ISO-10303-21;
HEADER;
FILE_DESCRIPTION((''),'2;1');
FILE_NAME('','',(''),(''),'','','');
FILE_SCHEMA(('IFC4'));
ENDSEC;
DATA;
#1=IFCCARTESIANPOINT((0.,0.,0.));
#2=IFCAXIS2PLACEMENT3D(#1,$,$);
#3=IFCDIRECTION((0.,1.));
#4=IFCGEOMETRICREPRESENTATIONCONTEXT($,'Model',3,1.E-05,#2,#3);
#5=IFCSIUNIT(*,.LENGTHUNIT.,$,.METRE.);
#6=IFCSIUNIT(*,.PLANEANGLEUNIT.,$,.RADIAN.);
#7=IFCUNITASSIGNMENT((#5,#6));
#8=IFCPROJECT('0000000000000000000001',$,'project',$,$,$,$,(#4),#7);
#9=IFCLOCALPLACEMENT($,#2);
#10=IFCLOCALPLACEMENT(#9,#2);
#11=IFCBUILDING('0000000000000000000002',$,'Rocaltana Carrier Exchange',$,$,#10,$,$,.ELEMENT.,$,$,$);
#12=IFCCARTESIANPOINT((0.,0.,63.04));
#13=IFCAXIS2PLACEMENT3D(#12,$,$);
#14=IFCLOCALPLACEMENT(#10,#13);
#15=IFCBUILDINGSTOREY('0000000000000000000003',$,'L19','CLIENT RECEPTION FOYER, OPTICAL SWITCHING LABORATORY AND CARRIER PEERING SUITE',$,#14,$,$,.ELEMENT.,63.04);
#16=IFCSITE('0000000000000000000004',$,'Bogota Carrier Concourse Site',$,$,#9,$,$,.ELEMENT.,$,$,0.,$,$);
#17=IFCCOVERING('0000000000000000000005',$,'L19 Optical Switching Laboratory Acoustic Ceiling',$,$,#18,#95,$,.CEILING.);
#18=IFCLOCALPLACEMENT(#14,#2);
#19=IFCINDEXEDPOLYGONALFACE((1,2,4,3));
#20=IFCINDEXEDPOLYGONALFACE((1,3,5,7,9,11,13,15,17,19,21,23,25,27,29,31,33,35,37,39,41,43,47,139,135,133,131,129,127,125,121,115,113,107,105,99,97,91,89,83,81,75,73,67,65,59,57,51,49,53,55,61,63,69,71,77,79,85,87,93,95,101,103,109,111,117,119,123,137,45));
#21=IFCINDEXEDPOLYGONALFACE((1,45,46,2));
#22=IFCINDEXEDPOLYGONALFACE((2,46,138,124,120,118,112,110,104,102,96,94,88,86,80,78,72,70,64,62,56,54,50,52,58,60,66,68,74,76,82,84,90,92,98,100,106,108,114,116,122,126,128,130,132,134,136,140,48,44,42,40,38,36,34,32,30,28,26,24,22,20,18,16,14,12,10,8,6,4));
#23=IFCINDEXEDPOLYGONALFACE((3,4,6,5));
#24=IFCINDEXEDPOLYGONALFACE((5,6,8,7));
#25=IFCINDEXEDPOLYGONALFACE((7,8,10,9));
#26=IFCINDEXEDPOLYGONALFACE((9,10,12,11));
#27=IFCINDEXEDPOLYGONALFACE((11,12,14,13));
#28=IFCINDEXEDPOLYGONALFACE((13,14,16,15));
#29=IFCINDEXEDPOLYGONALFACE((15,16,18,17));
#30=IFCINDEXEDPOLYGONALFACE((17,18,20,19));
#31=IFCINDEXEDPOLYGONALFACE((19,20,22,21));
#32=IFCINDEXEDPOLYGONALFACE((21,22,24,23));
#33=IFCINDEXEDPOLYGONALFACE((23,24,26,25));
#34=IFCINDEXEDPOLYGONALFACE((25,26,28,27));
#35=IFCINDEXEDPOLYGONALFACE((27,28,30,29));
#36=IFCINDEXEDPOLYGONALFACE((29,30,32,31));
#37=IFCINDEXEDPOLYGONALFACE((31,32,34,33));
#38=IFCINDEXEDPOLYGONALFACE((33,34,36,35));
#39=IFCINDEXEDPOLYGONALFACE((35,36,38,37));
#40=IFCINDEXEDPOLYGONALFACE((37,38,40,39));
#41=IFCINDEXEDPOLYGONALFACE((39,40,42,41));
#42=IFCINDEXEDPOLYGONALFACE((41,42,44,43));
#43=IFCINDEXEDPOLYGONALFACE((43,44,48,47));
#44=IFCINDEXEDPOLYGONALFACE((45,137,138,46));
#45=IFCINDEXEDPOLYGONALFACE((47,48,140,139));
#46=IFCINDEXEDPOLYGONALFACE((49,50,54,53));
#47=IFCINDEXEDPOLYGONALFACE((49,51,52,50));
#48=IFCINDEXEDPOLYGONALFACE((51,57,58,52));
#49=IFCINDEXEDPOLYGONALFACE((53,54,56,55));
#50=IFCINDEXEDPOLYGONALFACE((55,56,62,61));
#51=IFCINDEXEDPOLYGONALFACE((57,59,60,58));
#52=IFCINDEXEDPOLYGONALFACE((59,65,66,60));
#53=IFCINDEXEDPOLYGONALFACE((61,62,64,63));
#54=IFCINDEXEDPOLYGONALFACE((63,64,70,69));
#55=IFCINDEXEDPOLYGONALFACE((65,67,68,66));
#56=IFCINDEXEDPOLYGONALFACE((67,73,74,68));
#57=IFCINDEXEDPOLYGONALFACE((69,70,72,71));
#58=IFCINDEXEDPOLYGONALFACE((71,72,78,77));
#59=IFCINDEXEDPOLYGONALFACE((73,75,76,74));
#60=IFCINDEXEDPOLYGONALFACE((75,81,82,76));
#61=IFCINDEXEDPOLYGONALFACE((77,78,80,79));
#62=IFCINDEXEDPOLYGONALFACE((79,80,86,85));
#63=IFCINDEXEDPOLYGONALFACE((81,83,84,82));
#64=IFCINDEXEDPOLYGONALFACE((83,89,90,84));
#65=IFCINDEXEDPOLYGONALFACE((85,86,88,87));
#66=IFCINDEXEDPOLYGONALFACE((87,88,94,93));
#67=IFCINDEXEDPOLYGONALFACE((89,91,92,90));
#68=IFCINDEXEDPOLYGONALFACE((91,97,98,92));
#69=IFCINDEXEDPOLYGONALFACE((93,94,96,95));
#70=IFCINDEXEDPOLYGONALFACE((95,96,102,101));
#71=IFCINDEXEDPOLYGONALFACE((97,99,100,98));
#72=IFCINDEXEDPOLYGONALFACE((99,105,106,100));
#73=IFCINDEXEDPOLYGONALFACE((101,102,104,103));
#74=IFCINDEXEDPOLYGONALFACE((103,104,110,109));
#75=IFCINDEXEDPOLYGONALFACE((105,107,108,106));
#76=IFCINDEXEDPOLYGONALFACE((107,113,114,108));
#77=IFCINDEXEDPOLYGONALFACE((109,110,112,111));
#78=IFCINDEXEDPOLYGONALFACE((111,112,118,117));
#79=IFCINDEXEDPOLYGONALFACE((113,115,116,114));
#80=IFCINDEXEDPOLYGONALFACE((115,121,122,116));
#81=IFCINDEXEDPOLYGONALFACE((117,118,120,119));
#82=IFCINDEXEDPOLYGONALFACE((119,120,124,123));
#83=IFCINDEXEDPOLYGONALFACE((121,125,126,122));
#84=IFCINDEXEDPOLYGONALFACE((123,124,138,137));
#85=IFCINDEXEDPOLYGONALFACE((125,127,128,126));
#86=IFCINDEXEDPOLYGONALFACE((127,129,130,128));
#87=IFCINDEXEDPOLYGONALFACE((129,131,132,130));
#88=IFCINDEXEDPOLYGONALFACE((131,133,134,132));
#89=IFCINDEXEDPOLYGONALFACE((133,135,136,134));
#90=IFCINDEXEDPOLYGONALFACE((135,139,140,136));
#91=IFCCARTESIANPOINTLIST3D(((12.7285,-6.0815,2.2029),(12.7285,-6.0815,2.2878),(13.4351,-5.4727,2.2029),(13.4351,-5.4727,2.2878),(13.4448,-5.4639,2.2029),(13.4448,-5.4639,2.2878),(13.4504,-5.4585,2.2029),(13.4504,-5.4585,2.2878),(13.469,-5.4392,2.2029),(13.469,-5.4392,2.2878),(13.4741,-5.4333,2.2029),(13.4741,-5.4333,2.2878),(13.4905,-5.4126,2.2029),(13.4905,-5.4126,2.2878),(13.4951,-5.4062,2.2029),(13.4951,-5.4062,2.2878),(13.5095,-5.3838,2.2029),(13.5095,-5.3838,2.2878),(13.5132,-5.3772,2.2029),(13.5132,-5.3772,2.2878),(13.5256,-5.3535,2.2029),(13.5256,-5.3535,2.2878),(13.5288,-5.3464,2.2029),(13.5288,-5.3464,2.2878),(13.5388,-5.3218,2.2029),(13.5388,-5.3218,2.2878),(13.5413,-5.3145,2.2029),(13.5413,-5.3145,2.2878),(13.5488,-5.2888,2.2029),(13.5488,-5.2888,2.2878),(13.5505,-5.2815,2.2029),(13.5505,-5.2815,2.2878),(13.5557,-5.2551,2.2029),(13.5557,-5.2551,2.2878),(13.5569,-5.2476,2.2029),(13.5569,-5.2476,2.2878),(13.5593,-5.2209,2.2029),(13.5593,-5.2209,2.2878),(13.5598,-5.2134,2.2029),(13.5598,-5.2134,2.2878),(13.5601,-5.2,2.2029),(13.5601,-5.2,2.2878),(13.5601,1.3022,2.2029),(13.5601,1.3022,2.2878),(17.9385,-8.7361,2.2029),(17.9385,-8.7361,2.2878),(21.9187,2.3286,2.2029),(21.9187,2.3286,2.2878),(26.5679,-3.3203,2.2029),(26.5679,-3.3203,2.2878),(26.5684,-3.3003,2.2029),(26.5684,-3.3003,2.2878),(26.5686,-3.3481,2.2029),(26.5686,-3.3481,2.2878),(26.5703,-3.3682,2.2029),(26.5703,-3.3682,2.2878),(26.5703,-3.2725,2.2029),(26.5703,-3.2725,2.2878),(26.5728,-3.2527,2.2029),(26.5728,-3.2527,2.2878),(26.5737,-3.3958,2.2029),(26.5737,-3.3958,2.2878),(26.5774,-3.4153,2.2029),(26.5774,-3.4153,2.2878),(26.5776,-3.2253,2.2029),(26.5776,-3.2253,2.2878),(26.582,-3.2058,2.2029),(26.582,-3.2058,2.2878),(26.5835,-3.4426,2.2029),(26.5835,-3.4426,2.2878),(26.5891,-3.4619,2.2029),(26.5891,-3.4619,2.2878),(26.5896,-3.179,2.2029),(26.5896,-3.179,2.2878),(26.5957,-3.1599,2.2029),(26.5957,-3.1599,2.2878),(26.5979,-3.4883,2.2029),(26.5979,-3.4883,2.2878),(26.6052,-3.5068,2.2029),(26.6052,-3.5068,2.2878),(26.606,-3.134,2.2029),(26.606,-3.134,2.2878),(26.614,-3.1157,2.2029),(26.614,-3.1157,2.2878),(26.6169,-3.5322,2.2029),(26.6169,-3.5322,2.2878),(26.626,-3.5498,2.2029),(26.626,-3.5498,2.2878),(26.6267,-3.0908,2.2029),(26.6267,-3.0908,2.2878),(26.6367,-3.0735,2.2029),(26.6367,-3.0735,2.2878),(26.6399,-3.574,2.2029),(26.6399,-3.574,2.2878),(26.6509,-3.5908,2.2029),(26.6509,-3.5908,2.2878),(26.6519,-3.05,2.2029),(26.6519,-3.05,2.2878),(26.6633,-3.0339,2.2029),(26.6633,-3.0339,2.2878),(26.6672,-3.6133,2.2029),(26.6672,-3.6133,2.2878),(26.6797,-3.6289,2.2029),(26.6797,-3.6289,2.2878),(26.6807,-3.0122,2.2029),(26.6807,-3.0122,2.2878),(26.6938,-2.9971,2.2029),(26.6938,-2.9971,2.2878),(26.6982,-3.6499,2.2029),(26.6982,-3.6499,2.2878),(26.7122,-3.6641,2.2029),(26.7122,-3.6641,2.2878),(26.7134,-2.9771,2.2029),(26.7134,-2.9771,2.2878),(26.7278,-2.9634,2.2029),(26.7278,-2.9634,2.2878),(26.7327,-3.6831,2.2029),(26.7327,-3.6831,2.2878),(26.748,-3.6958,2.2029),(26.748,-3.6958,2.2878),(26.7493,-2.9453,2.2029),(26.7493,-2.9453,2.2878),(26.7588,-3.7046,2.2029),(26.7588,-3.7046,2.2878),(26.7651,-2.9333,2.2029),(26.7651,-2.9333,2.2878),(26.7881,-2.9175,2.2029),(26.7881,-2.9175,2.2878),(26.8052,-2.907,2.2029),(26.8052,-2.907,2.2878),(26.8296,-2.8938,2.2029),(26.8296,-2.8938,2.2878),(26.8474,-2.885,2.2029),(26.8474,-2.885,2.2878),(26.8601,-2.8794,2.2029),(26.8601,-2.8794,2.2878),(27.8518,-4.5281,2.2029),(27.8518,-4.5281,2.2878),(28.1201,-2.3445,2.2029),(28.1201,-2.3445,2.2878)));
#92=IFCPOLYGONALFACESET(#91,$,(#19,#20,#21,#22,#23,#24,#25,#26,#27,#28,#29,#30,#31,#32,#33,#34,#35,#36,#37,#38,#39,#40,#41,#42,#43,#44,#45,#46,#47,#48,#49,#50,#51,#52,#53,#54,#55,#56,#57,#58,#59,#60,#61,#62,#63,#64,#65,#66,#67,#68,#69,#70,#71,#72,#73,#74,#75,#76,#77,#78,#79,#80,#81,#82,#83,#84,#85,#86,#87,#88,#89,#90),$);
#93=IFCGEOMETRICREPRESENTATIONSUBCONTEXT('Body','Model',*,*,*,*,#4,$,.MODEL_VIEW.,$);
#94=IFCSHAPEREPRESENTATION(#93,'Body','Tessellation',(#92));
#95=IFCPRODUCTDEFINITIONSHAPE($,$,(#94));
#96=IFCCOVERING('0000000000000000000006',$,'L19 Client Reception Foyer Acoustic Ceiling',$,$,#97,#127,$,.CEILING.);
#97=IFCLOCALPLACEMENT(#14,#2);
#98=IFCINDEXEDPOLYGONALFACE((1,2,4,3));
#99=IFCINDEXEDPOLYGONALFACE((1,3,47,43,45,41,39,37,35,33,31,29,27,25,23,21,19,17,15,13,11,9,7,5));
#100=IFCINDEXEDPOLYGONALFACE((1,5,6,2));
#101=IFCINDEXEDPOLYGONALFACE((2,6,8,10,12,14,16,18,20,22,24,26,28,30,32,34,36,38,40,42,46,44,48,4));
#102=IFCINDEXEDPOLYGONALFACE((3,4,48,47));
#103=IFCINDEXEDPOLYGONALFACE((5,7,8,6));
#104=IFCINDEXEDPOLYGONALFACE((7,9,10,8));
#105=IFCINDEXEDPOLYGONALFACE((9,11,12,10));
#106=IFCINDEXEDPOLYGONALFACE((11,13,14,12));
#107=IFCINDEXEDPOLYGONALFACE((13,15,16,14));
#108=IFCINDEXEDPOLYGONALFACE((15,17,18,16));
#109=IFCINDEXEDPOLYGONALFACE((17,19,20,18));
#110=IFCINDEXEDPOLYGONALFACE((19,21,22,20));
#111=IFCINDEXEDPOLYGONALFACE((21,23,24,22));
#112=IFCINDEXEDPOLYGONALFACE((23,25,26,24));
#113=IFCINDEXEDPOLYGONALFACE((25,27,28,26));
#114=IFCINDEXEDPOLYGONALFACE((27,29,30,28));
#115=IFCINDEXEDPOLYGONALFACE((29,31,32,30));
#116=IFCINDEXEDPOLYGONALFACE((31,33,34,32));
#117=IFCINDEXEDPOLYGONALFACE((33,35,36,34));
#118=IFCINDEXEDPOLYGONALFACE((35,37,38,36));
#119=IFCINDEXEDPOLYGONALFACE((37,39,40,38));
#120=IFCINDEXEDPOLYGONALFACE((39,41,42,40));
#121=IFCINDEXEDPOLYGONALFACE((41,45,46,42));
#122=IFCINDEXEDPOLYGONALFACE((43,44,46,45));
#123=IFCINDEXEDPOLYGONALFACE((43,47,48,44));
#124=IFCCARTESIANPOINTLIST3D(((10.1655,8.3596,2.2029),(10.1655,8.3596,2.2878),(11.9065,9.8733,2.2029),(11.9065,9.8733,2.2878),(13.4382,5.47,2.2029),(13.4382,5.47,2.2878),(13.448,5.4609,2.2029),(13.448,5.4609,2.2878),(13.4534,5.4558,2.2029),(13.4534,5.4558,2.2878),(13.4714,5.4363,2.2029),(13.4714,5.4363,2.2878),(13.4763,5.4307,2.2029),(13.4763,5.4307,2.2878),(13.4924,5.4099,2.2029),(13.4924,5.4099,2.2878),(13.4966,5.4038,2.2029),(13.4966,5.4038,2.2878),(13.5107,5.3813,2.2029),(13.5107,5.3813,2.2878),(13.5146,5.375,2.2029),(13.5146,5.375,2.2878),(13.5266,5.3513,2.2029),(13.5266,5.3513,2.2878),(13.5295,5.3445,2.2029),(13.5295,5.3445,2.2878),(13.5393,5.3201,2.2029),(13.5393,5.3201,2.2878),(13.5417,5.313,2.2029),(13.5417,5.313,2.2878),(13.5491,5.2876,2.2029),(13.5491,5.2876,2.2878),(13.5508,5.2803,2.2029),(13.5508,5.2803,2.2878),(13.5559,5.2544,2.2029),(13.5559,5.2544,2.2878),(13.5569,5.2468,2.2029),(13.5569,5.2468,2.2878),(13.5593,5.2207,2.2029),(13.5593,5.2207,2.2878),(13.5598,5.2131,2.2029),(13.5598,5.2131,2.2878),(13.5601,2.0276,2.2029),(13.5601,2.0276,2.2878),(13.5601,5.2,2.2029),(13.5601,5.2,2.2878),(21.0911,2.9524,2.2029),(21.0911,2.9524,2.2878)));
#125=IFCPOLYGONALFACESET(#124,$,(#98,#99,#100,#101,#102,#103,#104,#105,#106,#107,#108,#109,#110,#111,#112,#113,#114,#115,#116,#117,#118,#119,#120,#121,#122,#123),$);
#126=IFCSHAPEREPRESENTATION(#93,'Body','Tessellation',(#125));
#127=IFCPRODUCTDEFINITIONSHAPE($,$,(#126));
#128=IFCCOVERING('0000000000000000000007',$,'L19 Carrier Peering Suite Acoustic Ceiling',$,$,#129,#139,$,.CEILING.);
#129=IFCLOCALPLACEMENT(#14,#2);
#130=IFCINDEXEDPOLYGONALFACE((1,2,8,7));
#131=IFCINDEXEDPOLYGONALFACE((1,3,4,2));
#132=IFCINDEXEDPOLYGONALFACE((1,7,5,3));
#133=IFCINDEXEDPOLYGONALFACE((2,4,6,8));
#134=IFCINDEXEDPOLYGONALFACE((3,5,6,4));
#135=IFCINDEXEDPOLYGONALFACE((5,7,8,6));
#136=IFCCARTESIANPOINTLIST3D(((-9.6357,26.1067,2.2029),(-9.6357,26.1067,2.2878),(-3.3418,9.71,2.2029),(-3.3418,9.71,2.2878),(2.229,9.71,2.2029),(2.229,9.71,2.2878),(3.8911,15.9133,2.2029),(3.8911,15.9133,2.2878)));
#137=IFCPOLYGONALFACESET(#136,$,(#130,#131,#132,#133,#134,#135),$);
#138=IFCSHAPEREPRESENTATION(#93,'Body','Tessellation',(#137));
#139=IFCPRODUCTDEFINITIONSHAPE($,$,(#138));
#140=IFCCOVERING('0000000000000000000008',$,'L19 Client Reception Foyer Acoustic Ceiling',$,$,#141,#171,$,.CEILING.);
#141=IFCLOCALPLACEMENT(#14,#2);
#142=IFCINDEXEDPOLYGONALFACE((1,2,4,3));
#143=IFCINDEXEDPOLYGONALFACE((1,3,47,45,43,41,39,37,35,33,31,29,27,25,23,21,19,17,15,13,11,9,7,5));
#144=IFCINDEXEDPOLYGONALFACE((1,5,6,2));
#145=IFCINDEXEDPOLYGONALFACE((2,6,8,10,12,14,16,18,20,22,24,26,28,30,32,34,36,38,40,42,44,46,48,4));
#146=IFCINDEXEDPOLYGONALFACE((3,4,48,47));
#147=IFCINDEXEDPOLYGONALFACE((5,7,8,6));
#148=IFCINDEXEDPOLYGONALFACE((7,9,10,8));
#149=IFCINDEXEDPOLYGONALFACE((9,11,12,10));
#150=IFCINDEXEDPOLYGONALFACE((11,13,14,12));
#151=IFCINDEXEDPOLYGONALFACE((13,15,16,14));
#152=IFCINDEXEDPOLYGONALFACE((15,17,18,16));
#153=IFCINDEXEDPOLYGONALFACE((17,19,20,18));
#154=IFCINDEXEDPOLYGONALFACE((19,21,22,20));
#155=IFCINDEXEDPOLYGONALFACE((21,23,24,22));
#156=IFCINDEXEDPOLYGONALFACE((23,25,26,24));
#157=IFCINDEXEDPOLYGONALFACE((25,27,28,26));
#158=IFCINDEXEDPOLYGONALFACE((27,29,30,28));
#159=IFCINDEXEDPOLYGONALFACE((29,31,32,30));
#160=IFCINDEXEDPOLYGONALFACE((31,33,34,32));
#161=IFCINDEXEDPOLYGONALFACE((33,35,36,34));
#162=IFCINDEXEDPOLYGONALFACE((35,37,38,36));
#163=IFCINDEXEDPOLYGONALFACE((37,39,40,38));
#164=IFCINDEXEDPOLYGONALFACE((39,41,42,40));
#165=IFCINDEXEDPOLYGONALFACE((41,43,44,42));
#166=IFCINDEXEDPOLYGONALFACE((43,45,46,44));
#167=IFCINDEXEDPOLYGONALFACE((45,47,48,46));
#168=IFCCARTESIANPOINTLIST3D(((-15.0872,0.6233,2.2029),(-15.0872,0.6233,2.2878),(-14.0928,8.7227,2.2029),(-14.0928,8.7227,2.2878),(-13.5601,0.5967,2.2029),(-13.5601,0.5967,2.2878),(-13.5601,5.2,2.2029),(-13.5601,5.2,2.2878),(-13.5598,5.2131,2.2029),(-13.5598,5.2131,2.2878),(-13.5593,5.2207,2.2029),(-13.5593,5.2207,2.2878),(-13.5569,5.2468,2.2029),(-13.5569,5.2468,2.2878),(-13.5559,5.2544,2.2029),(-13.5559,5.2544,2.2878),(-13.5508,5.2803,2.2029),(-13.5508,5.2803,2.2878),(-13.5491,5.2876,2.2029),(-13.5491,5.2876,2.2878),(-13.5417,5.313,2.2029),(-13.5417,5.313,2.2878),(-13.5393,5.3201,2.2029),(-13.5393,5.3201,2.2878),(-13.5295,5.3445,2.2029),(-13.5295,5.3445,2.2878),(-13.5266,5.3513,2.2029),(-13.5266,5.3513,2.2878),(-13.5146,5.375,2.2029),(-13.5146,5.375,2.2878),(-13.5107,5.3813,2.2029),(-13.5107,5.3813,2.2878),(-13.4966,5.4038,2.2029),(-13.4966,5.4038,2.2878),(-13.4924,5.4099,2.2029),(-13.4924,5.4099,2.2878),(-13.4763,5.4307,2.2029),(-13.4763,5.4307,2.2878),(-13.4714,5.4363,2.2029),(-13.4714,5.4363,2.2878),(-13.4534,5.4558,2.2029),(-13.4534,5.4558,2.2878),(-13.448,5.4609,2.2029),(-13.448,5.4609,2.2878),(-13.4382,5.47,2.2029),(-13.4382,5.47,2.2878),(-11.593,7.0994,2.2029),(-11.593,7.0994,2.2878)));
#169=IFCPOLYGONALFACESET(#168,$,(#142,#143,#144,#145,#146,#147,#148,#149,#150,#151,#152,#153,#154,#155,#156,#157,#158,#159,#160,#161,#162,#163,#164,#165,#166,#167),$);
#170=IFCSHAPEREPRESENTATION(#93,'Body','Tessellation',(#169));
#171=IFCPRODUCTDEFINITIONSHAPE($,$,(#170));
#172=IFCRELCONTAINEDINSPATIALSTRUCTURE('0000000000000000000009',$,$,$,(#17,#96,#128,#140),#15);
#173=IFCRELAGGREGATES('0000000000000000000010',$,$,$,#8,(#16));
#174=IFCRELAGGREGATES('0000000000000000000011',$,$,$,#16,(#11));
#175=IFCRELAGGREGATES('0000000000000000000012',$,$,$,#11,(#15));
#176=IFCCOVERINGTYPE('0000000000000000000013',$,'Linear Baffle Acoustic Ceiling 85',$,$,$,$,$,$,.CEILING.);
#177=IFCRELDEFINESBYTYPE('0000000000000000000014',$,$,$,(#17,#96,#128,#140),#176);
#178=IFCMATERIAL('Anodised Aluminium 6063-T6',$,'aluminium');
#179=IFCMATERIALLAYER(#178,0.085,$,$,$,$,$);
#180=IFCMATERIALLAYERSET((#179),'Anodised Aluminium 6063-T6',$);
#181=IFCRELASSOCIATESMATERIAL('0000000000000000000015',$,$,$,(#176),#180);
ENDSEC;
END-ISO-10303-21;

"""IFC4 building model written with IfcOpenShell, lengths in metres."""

from ifc_helpers import new_model, si_unit, direction, frame, origin, place, context, subcontext, project, spatial, polyline, outline, extrude, material, layer, layer_set, type_object, element, save


model = new_model("IFC4")

# Units and contexts
model_context = context("Model", 3, precision=1e-05, world=origin(), true_north=direction((0.0, 1.0)))
body_context = subcontext(model_context, "Body", "Model", "MODEL_VIEW")
ifc_project = project(units=[si_unit("LENGTHUNIT", "METRE"), si_unit("PLANEANGLEUNIT", "RADIAN")], contexts=[model_context])

# Site, building, storey
site_placement = place(None, origin())
site = spatial("IfcSite", under=ifc_project, at=site_placement, Name="Bogota Carrier Concourse Site", CompositionType="ELEMENT", RefElevation=0.0)
building_placement = place(site_placement, origin())
building = spatial("IfcBuilding", under=site, at=building_placement, Name="Rocaltana Carrier Exchange", CompositionType="ELEMENT")
storey_placement = place(building_placement, frame((0.0, 0.0, 63.04)))
storey = spatial("IfcBuildingStorey", under=building, at=storey_placement, Name="L19", Description="CLIENT RECEPTION FOYER, OPTICAL SWITCHING LABORATORY AND CARRIER PEERING SUITE", CompositionType="ELEMENT", Elevation=63.04)

# Coverings
ifc_material_1 = material(Name="Anodised Aluminium 6063-T6", Category="aluminium")
ifc_layer_1 = layer(ifc_material_1, 0.085)
ifc_layer_set_1 = layer_set([ifc_layer_1], Name="Anodised Aluminium 6063-T6")
covering_type_1 = type_object("IfcCoveringType", Name="Linear Baffle Acoustic Ceiling 85", PredefinedType="CEILING", material=ifc_layer_set_1)
covering_1_placement = place(storey_placement, frame((0.0, 0.0, 2.2029)))
element("IfcCovering", 1, at=covering_1_placement, inside=storey, type_object=covering_type_1, Name="L19 Optical Switching Laboratory Acoustic Ceiling", PredefinedType="CEILING", context=body_context, shape_type="SweptSolid", body=[
    extrude(outline(polyline([(28.1201, -2.3445), (26.8601, -2.8794), (26.8474, -2.885), (26.8296, -2.8938), (26.8052, -2.907), (26.7881, -2.9175), (26.7651, -2.9333), (26.7493, -2.9453), (26.7278, -2.9634), (26.7134, -2.9771), (26.6938, -2.9971), (26.6807, -3.0122), (26.6633, -3.0339), (26.6519, -3.05), (26.6367, -3.0735), (26.6267, -3.0908), (26.614, -3.1157), (26.606, -3.134), (26.5957, -3.1599), (26.5896, -3.179), (26.582, -3.2058), (26.5776, -3.2253), (26.5728, -3.2527), (26.5703, -3.2725), (26.5684, -3.3003), (26.5679, -3.3203), (26.5686, -3.3481), (26.5703, -3.3682), (26.5737, -3.3958), (26.5774, -3.4153), (26.5835, -3.4426), (26.5891, -3.4619), (26.5979, -3.4883), (26.6052, -3.5068), (26.6169, -3.5322), (26.626, -3.5498), (26.6399, -3.574), (26.6509, -3.5908), (26.6672, -3.6133), (26.6797, -3.6289), (26.6982, -3.6499), (26.7122, -3.6641), (26.7327, -3.6831), (26.748, -3.6958), (26.7588, -3.7046), (27.8518, -4.5281), (17.9385, -8.7361), (12.7285, -6.0815), (13.4351, -5.4727), (13.4448, -5.4639), (13.4504, -5.4585), (13.469, -5.4392), (13.4741, -5.4333), (13.4905, -5.4126), (13.4951, -5.4062), (13.5095, -5.3838), (13.5132, -5.3772), (13.5256, -5.3535), (13.5288, -5.3464), (13.5388, -5.3218), (13.5413, -5.3145), (13.5488, -5.2888), (13.5505, -5.2815), (13.5557, -5.2551), (13.5569, -5.2476), (13.5593, -5.2209), (13.5598, -5.2134), (13.5601, -5.2), (13.5601, 1.3022), (21.9187, 2.3286), (28.1201, -2.3445)])), origin(), (0.0, 0.0, 1.0), 0.085),
])
covering_2_placement = place(storey_placement, frame((0.0, 0.0, 2.2029)))
element("IfcCovering", 2, at=covering_2_placement, inside=storey, type_object=covering_type_1, Name="L19 Client Reception Foyer Acoustic Ceiling", PredefinedType="CEILING", context=body_context, shape_type="SweptSolid", body=[
    extrude(outline(polyline([(21.0911, 2.9524), (13.5601, 2.0276), (13.5601, 5.2), (13.5598, 5.2131), (13.5593, 5.2207), (13.5569, 5.2468), (13.5559, 5.2544), (13.5508, 5.2803), (13.5491, 5.2876), (13.5417, 5.313), (13.5393, 5.3201), (13.5295, 5.3445), (13.5266, 5.3513), (13.5146, 5.375), (13.5107, 5.3813), (13.4966, 5.4038), (13.4924, 5.4099), (13.4763, 5.4307), (13.4714, 5.4363), (13.4534, 5.4558), (13.448, 5.4609), (13.4382, 5.47), (10.1655, 8.3596), (11.9065, 9.8733), (21.0911, 2.9524)])), origin(), (0.0, 0.0, 1.0), 0.085),
])
covering_3_placement = place(storey_placement, frame((0.0, 0.0, 2.2029)))
element("IfcCovering", 3, at=covering_3_placement, inside=storey, type_object=covering_type_1, Name="L19 Carrier Peering Suite Acoustic Ceiling", PredefinedType="CEILING", context=body_context, shape_type="SweptSolid", body=[
    extrude(outline(polyline([(-9.6357, 26.1067), (3.8911, 15.9133), (2.229, 9.71), (-3.3418, 9.71), (-9.6357, 26.1067)])), origin(), (0.0, 0.0, 1.0), 0.085),
])
covering_4_placement = place(storey_placement, frame((0.0, 0.0, 2.2029)))
element("IfcCovering", 4, at=covering_4_placement, inside=storey, type_object=covering_type_1, Name="L19 Client Reception Foyer Acoustic Ceiling", PredefinedType="CEILING", context=body_context, shape_type="SweptSolid", body=[
    extrude(outline(polyline([(-14.0928, 8.7227), (-11.593, 7.0994), (-13.4382, 5.47), (-13.448, 5.4609), (-13.4534, 5.4558), (-13.4714, 5.4363), (-13.4763, 5.4307), (-13.4924, 5.4099), (-13.4966, 5.4038), (-13.5107, 5.3813), (-13.5146, 5.375), (-13.5266, 5.3513), (-13.5295, 5.3445), (-13.5393, 5.3201), (-13.5417, 5.313), (-13.5491, 5.2876), (-13.5508, 5.2803), (-13.5559, 5.2544), (-13.5569, 5.2468), (-13.5593, 5.2207), (-13.5598, 5.2131), (-13.5601, 5.2), (-13.5601, 0.5967), (-15.0872, 0.6233), (-14.0928, 8.7227)])), origin(), (0.0, 0.0, 1.0), 0.085),
])

save(model, "model.ifc")
